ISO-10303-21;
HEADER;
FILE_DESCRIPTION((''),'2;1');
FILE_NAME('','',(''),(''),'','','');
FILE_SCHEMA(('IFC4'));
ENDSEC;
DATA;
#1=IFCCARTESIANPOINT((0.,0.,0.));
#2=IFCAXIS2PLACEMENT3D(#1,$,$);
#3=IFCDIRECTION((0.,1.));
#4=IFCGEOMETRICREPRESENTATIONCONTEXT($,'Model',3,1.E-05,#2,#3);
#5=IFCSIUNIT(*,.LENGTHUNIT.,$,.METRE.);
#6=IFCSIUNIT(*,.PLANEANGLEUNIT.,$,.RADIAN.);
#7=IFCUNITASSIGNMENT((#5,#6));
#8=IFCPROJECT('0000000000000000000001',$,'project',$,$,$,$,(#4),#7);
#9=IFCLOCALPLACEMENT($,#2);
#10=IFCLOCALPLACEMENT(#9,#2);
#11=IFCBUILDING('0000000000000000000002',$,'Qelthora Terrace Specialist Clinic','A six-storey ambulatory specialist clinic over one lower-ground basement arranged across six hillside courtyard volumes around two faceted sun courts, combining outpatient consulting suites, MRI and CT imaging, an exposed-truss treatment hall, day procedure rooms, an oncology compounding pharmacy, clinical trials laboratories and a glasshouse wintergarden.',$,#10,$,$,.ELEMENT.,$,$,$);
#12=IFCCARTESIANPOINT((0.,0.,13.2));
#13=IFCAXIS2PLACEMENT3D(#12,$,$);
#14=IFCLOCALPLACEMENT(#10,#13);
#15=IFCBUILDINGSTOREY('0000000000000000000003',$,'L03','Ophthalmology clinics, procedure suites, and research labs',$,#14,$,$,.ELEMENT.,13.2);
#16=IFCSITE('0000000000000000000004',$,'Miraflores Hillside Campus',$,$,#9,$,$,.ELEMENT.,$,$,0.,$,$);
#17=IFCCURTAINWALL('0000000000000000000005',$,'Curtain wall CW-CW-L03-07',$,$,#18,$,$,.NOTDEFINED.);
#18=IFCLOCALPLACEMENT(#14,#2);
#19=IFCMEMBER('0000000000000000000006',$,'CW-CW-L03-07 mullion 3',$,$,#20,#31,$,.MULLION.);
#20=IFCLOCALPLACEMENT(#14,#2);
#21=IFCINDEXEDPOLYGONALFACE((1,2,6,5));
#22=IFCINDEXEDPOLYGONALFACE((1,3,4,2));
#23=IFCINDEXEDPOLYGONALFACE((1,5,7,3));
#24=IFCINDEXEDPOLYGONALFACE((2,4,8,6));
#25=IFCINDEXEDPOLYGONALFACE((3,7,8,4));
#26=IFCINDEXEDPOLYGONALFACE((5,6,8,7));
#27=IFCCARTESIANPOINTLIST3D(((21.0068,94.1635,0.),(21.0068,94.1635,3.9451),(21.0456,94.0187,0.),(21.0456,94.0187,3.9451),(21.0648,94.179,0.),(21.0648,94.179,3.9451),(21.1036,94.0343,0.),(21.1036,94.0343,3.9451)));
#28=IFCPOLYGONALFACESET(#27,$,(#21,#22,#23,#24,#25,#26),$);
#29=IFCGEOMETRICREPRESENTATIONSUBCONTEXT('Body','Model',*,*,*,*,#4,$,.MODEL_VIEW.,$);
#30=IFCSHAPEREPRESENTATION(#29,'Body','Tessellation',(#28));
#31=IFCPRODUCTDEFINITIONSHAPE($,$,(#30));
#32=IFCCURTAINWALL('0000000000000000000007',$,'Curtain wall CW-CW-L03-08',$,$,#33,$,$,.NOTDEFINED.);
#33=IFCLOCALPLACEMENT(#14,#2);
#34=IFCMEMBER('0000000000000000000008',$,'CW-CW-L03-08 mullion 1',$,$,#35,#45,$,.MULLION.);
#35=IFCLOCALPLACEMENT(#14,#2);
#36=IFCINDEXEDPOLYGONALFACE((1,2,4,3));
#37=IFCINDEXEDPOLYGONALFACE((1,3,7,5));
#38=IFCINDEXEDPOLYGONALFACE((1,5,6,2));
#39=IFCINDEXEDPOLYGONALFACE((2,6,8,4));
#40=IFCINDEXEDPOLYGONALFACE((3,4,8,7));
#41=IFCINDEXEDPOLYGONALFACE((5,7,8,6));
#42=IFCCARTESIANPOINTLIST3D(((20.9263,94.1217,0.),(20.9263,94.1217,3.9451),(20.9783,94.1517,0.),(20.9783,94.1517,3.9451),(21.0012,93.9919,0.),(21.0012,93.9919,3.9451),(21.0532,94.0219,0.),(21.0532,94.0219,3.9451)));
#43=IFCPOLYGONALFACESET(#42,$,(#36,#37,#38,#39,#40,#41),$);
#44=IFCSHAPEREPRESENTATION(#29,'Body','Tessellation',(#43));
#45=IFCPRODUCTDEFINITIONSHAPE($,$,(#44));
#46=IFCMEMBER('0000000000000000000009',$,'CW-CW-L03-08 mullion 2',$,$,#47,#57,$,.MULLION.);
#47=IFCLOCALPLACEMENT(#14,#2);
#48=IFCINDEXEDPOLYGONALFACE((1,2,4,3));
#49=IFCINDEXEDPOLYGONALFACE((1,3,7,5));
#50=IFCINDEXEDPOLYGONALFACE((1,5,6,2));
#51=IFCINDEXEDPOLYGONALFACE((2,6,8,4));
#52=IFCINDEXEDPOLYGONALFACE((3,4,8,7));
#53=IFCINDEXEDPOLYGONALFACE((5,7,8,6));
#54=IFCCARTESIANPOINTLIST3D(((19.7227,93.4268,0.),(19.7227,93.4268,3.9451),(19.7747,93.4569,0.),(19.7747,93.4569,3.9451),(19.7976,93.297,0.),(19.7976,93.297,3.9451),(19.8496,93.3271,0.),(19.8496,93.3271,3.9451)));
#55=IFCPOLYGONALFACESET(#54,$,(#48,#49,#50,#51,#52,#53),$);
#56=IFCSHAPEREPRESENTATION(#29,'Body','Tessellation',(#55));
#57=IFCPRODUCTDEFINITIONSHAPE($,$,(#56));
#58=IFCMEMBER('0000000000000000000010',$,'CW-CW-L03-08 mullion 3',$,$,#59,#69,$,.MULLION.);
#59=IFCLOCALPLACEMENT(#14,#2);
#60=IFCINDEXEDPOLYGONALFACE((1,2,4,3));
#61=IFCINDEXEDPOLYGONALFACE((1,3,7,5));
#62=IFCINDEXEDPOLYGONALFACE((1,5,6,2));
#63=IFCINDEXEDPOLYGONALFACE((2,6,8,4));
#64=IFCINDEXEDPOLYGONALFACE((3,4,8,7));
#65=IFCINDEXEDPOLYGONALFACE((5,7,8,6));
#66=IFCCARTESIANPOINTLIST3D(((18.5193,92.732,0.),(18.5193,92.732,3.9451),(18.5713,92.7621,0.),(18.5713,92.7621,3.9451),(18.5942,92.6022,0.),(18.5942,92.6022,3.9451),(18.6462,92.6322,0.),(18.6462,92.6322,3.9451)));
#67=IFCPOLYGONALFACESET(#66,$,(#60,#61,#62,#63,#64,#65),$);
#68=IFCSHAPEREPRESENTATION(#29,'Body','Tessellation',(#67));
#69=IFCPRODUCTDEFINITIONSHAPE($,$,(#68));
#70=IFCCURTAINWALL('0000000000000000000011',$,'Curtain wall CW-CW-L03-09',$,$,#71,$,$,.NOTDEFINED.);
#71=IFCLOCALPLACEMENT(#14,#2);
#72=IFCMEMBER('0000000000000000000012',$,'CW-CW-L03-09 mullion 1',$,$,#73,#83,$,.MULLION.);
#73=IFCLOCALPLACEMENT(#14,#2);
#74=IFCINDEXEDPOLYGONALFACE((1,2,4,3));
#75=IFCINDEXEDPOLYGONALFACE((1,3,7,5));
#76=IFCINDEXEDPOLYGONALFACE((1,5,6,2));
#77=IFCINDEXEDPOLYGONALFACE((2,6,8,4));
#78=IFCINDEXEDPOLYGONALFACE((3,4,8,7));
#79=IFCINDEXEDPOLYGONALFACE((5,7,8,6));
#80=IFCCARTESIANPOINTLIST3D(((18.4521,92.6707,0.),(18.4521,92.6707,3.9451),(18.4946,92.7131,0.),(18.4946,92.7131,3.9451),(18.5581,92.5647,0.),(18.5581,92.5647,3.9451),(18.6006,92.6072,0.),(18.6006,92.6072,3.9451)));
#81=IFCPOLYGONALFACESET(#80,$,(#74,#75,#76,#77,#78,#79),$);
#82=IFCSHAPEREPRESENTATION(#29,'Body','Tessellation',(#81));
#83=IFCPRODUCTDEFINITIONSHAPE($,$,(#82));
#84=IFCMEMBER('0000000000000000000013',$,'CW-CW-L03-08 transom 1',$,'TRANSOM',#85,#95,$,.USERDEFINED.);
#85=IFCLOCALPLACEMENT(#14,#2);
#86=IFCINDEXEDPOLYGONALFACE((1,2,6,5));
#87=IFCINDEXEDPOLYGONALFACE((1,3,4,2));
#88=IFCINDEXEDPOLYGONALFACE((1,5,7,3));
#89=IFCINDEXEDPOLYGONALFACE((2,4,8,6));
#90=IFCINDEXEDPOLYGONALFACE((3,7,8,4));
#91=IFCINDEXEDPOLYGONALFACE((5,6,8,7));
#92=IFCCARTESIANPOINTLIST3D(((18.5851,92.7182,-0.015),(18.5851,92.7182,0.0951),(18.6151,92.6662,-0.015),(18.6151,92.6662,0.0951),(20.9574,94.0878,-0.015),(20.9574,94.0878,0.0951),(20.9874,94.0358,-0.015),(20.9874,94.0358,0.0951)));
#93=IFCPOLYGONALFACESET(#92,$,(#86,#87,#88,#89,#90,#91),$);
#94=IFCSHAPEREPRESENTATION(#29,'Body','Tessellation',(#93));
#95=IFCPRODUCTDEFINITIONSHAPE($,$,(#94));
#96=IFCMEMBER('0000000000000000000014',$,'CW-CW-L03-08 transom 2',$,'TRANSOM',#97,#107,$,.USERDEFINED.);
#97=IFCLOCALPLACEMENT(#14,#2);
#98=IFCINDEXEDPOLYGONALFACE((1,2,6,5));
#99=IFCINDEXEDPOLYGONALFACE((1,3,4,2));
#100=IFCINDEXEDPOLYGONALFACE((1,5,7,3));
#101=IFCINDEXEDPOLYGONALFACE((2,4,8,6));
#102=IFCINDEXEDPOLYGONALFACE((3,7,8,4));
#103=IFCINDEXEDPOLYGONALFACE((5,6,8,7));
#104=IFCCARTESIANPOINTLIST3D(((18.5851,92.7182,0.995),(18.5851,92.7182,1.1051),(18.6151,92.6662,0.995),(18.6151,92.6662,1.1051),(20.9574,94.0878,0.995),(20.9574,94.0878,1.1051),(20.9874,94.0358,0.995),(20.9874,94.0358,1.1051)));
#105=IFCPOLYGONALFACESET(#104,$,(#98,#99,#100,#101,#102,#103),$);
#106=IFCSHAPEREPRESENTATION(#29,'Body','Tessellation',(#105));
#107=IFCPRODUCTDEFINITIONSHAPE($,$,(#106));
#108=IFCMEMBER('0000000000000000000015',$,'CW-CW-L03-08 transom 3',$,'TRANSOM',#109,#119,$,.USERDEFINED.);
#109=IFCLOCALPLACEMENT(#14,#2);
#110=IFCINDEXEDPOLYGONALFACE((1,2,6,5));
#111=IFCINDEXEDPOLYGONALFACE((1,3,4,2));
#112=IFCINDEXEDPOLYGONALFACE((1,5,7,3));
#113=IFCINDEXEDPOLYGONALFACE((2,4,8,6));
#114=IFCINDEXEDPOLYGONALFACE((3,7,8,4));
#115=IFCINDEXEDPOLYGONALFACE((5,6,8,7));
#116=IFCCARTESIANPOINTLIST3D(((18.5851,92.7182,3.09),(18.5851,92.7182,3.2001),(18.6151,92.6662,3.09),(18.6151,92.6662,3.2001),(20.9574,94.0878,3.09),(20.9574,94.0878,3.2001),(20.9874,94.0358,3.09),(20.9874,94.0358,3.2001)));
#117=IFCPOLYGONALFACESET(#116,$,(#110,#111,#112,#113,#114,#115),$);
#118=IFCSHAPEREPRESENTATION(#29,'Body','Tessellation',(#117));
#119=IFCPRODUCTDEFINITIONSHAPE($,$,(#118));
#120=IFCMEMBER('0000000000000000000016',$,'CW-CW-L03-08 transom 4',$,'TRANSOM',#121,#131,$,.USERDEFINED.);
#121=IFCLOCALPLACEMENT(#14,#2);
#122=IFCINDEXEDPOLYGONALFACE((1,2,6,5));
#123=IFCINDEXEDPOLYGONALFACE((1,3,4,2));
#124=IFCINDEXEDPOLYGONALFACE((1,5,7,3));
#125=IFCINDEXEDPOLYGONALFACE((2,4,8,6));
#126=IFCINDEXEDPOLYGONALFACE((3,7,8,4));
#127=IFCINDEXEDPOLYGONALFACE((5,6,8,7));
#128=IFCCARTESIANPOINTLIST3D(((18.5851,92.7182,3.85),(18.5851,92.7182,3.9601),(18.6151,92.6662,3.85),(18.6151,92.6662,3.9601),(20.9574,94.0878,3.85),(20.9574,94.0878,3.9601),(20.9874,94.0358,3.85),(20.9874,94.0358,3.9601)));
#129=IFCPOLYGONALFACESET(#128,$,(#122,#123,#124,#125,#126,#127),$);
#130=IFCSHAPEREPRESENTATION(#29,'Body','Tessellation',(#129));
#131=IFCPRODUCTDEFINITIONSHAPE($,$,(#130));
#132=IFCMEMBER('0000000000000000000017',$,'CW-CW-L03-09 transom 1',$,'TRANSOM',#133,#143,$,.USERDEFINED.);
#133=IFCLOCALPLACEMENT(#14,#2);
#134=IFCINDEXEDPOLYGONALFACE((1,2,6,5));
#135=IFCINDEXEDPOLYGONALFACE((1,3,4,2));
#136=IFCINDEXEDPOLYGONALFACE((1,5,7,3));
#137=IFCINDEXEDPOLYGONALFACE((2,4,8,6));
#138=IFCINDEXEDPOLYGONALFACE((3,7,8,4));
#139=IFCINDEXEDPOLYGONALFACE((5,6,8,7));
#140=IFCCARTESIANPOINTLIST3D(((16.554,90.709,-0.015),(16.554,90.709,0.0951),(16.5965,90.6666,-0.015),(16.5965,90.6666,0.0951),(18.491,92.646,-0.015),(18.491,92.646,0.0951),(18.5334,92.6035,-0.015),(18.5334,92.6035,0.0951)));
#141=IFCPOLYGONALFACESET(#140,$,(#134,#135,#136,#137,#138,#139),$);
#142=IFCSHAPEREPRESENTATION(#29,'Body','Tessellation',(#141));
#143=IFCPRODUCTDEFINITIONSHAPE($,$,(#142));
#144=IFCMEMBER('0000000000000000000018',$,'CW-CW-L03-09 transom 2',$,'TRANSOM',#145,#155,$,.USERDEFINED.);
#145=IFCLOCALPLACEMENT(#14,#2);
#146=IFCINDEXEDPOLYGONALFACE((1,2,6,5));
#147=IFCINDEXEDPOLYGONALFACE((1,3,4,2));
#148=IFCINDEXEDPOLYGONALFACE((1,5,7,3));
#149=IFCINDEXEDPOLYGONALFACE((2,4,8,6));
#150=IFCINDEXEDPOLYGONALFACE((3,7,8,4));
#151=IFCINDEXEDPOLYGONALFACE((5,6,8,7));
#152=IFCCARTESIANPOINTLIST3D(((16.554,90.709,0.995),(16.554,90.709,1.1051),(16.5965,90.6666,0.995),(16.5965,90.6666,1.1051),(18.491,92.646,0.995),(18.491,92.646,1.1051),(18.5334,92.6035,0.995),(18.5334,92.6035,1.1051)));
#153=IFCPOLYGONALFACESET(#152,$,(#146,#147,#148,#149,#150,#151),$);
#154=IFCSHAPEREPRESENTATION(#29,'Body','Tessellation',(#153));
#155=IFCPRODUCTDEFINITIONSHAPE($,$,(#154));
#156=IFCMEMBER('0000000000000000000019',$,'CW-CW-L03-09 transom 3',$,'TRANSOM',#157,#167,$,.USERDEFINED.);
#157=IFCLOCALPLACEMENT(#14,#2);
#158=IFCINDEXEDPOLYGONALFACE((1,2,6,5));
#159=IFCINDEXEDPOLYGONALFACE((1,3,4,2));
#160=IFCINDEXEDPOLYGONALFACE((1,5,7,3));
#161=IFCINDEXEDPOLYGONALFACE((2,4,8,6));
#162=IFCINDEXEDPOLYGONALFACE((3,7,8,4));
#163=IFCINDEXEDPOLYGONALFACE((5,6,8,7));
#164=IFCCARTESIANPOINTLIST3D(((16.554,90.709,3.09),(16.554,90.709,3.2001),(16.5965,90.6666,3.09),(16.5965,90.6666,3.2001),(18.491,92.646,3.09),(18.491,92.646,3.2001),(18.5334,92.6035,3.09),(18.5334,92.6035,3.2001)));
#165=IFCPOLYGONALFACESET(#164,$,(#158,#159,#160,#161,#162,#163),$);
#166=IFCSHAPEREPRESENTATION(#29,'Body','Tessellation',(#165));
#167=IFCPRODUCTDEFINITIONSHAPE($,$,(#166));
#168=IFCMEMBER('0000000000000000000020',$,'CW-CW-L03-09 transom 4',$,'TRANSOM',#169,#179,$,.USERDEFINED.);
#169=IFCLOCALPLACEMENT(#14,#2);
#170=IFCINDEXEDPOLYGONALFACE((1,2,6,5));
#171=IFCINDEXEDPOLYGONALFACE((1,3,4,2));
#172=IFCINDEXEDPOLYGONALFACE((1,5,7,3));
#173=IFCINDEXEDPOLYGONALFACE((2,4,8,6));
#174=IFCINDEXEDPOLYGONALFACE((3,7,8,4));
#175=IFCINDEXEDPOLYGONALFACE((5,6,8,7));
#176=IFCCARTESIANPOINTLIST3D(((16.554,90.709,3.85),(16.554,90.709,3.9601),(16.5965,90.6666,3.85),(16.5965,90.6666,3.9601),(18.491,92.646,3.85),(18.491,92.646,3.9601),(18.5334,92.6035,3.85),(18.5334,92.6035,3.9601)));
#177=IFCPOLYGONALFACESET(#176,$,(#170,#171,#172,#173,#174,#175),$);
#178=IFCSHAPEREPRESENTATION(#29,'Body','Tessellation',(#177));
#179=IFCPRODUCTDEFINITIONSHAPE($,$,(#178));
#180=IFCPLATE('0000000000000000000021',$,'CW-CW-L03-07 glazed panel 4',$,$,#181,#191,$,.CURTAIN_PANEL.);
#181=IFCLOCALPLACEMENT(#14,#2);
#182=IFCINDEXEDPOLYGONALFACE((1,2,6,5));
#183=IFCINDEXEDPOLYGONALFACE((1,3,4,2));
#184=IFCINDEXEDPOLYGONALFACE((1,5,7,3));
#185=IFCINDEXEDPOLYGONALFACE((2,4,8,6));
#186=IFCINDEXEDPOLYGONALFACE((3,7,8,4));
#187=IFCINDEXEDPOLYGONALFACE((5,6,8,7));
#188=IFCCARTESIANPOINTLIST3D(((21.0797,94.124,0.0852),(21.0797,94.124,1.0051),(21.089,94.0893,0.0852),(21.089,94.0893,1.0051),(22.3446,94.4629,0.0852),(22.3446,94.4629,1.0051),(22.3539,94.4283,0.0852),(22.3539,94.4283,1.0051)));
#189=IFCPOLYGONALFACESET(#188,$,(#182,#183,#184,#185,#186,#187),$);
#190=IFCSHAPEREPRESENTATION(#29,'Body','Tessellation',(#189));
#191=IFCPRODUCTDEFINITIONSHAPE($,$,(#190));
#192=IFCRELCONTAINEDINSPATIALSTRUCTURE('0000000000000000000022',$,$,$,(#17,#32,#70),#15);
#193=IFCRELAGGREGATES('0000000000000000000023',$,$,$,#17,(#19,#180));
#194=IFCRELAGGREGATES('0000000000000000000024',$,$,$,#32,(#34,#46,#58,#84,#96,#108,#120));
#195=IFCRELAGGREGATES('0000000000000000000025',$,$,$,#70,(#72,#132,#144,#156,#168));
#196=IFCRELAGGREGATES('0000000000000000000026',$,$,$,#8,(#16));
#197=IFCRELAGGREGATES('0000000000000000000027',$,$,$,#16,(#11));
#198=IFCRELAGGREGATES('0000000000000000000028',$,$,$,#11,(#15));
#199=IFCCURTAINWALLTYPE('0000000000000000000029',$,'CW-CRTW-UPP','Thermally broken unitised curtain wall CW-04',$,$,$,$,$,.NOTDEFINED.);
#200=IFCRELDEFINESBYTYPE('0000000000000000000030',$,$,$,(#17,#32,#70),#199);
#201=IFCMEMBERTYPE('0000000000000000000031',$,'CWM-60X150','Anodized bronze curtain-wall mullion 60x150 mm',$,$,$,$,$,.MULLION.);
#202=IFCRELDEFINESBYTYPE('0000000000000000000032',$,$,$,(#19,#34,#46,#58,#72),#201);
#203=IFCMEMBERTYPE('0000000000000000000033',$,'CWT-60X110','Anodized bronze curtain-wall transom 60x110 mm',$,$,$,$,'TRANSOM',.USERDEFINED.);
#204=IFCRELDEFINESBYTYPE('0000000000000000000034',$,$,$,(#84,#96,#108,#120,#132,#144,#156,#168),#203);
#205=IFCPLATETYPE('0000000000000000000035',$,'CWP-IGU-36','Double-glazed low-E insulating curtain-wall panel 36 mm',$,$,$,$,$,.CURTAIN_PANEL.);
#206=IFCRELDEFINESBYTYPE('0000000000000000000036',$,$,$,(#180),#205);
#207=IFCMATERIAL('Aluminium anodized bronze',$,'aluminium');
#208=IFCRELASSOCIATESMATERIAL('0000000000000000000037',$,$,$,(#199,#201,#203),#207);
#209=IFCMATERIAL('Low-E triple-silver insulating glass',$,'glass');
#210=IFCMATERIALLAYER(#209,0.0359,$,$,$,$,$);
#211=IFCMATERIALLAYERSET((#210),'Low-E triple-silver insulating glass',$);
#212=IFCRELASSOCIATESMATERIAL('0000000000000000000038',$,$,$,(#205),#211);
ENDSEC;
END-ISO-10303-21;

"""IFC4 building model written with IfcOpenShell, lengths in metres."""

from ifc_helpers import new_model, si_unit, direction, frame, origin, origin_2d, place, context, subcontext, project, spatial, rectangle, extrude, material, layer, layer_set, material_profile, profile_set, type_object, element, aggregate, save


model = new_model("IFC4")

# Units and contexts
model_context = context("Model", 3, precision=1e-05, world=origin(), true_north=direction((0.0, 1.0)))
body_context = subcontext(model_context, "Body", "Model", "MODEL_VIEW")
ifc_project = project(units=[si_unit("LENGTHUNIT", "METRE"), si_unit("PLANEANGLEUNIT", "RADIAN")], contexts=[model_context])

# Site, building, storey
site_placement = place(None, origin())
site = spatial("IfcSite", under=ifc_project, at=site_placement, Name="Miraflores Hillside Campus", CompositionType="ELEMENT", RefElevation=0.0)
building_placement = place(site_placement, origin())
building = spatial("IfcBuilding", under=site, at=building_placement, Name="Qelthora Terrace Specialist Clinic", Description="A six-storey ambulatory specialist clinic over one lower-ground basement arranged across six hillside courtyard volumes around two faceted sun courts, combining outpatient consulting suites, MRI and CT imaging, an exposed-truss treatment hall, day procedure rooms, an oncology compounding pharmacy, clinical trials laboratories and a glasshouse wintergarden.", CompositionType="ELEMENT")
storey_placement = place(building_placement, frame((0.0, 0.0, 13.2)))
storey = spatial("IfcBuildingStorey", under=building, at=storey_placement, Name="L03", Description="Ophthalmology clinics, procedure suites, and research labs", CompositionType="ELEMENT", Elevation=13.2)

# Curtain wall, member
ifc_material_1 = material(Name="Aluminium anodized bronze", Category="aluminium")
curtain_wall_type = type_object("IfcCurtainWallType", Name="CW-CRTW-UPP", Description="Thermally broken unitised curtain wall CW-04", PredefinedType="NOTDEFINED", material=ifc_material_1)
curtain_wall_1_placement = place(storey_placement, origin())
curtain_wall_1 = element("IfcCurtainWall", 1, at=curtain_wall_1_placement, inside=storey, type_object=curtain_wall_type, Name="Curtain wall CW-CW-L03-07", PredefinedType="NOTDEFINED")
ifc_material_profile_1 = material_profile(ifc_material_1, rectangle(XDim=0.0601, YDim=0.1499, at=origin_2d()), Name="CWM60X150")
ifc_profile_set_1 = profile_set([ifc_material_profile_1], Name="Aluminium anodized bronze")
member_type_1 = type_object("IfcMemberType", Name="CWM-60X150", Description="Anodized bronze curtain-wall mullion 60x150 mm", PredefinedType="MULLION", material=ifc_profile_set_1)
member_1_placement = place(storey_placement, frame((21.0552, 94.0989, 0.0), z_axis=(0.0, 0.0, 1.0), x_axis=(-0.965925, -0.25882, 0.0)))
member_1 = element("IfcMember", 2, at=member_1_placement, type_object=member_type_1, Name="CW-CW-L03-07 mullion 3", PredefinedType="MULLION", context=body_context, shape_type="SweptSolid", body=[
    extrude(rectangle(XDim=0.0601, YDim=0.1499, at=origin_2d()), origin(), (0.0, 0.0, 1.0), 3.9451),
])

# Curtain wall, members
curtain_wall_2_placement = place(storey_placement, origin())
curtain_wall_2 = element("IfcCurtainWall", 3, at=curtain_wall_2_placement, inside=storey, type_object=curtain_wall_type, Name="Curtain wall CW-CW-L03-08", PredefinedType="NOTDEFINED")
member_2_placement = place(storey_placement, frame((20.9897, 94.0718, 0.0), z_axis=(0.0, 0.0, 1.0), x_axis=(-0.866026, -0.5, 0.0)))
member_2 = element("IfcMember", 4, at=member_2_placement, type_object=member_type_1, Name="CW-CW-L03-08 mullion 1", PredefinedType="MULLION", context=body_context, shape_type="SweptSolid", body=[
    extrude(rectangle(XDim=0.0601, YDim=0.1499, at=origin_2d()), origin(), (0.0, 0.0, 1.0), 3.9451),
])
member_3_placement = place(storey_placement, frame((19.7861, 93.377, 0.0), z_axis=(0.0, 0.0, 1.0), x_axis=(-0.866026, -0.5, 0.0)))
member_3 = element("IfcMember", 5, at=member_3_placement, type_object=member_type_1, Name="CW-CW-L03-08 mullion 2", PredefinedType="MULLION", context=body_context, shape_type="SweptSolid", body=[
    extrude(rectangle(XDim=0.0601, YDim=0.1499, at=origin_2d()), origin(), (0.0, 0.0, 1.0), 3.9451),
])
member_4_placement = place(storey_placement, frame((18.5828, 92.6821, 0.0), z_axis=(0.0, 0.0, 1.0), x_axis=(-0.866026, -0.5, 0.0)))
member_4 = element("IfcMember", 6, at=member_4_placement, type_object=member_type_1, Name="CW-CW-L03-08 mullion 3", PredefinedType="MULLION", context=body_context, shape_type="SweptSolid", body=[
    extrude(rectangle(XDim=0.0601, YDim=0.1499, at=origin_2d()), origin(), (0.0, 0.0, 1.0), 3.9451),
])

# Curtain wall, member
curtain_wall_3_placement = place(storey_placement, origin())
curtain_wall_3 = element("IfcCurtainWall", 7, at=curtain_wall_3_placement, inside=storey, type_object=curtain_wall_type, Name="Curtain wall CW-CW-L03-09", PredefinedType="NOTDEFINED")
member_5_placement = place(storey_placement, frame((18.5264, 92.6389, 0.0), z_axis=(0.0, 0.0, 1.0), x_axis=(-0.707107, -0.707107, 0.0)))
member_5 = element("IfcMember", 8, at=member_5_placement, type_object=member_type_1, Name="CW-CW-L03-09 mullion 1", PredefinedType="MULLION", context=body_context, shape_type="SweptSolid", body=[
    extrude(rectangle(XDim=0.0601, YDim=0.1499, at=origin_2d()), origin(), (0.0, 0.0, 1.0), 3.9451),
])

# Members
ifc_material_profile_2 = material_profile(ifc_material_1, rectangle(XDim=0.0601, YDim=0.1101, at=origin_2d()), Name="CWT60X110")
ifc_profile_set_2 = profile_set([ifc_material_profile_2], Name="Aluminium anodized bronze")
member_type_2 = type_object("IfcMemberType", Name="CWT-60X110", Description="Anodized bronze curtain-wall transom 60x110 mm", ElementType="TRANSOM", PredefinedType="USERDEFINED", material=ifc_profile_set_2)
member_6_placement = place(storey_placement, frame((20.9724, 94.0618, 0.04), z_axis=(-0.86603, -0.499992, 0.0), x_axis=(0.499992, -0.86603, 0.0)))
member_6 = element("IfcMember", 9, at=member_6_placement, type_object=member_type_2, Name="CW-CW-L03-08 transom 1", ObjectType="TRANSOM", PredefinedType="USERDEFINED", context=body_context, shape_type="SweptSolid", body=[
    extrude(rectangle(XDim=0.0601, YDim=0.1101, at=origin_2d()), origin(), (0.0, 0.0, 1.0), 2.7393),
])
member_7_placement = place(storey_placement, frame((20.9724, 94.0618, 1.05), z_axis=(-0.86603, -0.499992, 0.0), x_axis=(0.499992, -0.86603, 0.0)))
member_7 = element("IfcMember", 10, at=member_7_placement, type_object=member_type_2, Name="CW-CW-L03-08 transom 2", ObjectType="TRANSOM", PredefinedType="USERDEFINED", context=body_context, shape_type="SweptSolid", body=[
    extrude(rectangle(XDim=0.0601, YDim=0.1101, at=origin_2d()), origin(), (0.0, 0.0, 1.0), 2.7393),
])
member_8_placement = place(storey_placement, frame((20.9724, 94.0618, 3.145), z_axis=(-0.86603, -0.499992, 0.0), x_axis=(0.499992, -0.86603, 0.0)))
member_8 = element("IfcMember", 11, at=member_8_placement, type_object=member_type_2, Name="CW-CW-L03-08 transom 3", ObjectType="TRANSOM", PredefinedType="USERDEFINED", context=body_context, shape_type="SweptSolid", body=[
    extrude(rectangle(XDim=0.0601, YDim=0.1101, at=origin_2d()), origin(), (0.0, 0.0, 1.0), 2.7393),
])
member_9_placement = place(storey_placement, frame((20.9724, 94.0618, 3.905), z_axis=(-0.86603, -0.499992, 0.0), x_axis=(0.499992, -0.86603, 0.0)))
member_9 = element("IfcMember", 12, at=member_9_placement, type_object=member_type_2, Name="CW-CW-L03-08 transom 4", ObjectType="TRANSOM", PredefinedType="USERDEFINED", context=body_context, shape_type="SweptSolid", body=[
    extrude(rectangle(XDim=0.0601, YDim=0.1101, at=origin_2d()), origin(), (0.0, 0.0, 1.0), 2.7393),
])
member_10_placement = place(storey_placement, frame((18.5122, 92.6248, 0.04), z_axis=(-0.707107, -0.707107, 0.0), x_axis=(0.707107, -0.707107, 0.0)))
member_10 = element("IfcMember", 13, at=member_10_placement, type_object=member_type_2, Name="CW-CW-L03-09 transom 1", ObjectType="TRANSOM", PredefinedType="USERDEFINED", context=body_context, shape_type="SweptSolid", body=[
    extrude(rectangle(XDim=0.0601, YDim=0.1101, at=origin_2d()), origin(), (0.0, 0.0, 1.0), 2.7393),
])
member_11_placement = place(storey_placement, frame((18.5122, 92.6248, 1.05), z_axis=(-0.707107, -0.707107, 0.0), x_axis=(0.707107, -0.707107, 0.0)))
member_11 = element("IfcMember", 14, at=member_11_placement, type_object=member_type_2, Name="CW-CW-L03-09 transom 2", ObjectType="TRANSOM", PredefinedType="USERDEFINED", context=body_context, shape_type="SweptSolid", body=[
    extrude(rectangle(XDim=0.0601, YDim=0.1101, at=origin_2d()), origin(), (0.0, 0.0, 1.0), 2.7393),
])
member_12_placement = place(storey_placement, frame((18.5122, 92.6248, 3.145), z_axis=(-0.707107, -0.707107, 0.0), x_axis=(0.707107, -0.707107, 0.0)))
member_12 = element("IfcMember", 15, at=member_12_placement, type_object=member_type_2, Name="CW-CW-L03-09 transom 3", ObjectType="TRANSOM", PredefinedType="USERDEFINED", context=body_context, shape_type="SweptSolid", body=[
    extrude(rectangle(XDim=0.0601, YDim=0.1101, at=origin_2d()), origin(), (0.0, 0.0, 1.0), 2.7393),
])
member_13_placement = place(storey_placement, frame((18.5122, 92.6248, 3.905), z_axis=(-0.707107, -0.707107, 0.0), x_axis=(0.707107, -0.707107, 0.0)))
member_13 = element("IfcMember", 16, at=member_13_placement, type_object=member_type_2, Name="CW-CW-L03-09 transom 4", ObjectType="TRANSOM", PredefinedType="USERDEFINED", context=body_context, shape_type="SweptSolid", body=[
    extrude(rectangle(XDim=0.0601, YDim=0.1101, at=origin_2d()), origin(), (0.0, 0.0, 1.0), 2.7393),
])

# Plate
ifc_material_2 = material(Name="Low-E triple-silver insulating glass", Category="glass")
ifc_layer = layer(ifc_material_2, 0.0359)
ifc_layer_set = layer_set([ifc_layer], Name="Low-E triple-silver insulating glass")
plate_type = type_object("IfcPlateType", Name="CWP-IGU-36", Description="Double-glazed low-E insulating curtain-wall panel 36 mm", PredefinedType="CURTAIN_PANEL", material=ifc_layer_set)
plate_1_placement = place(storey_placement, frame((21.7168, 94.2761, 0.0852), z_axis=(0.0, 0.0, 1.0), x_axis=(-0.965925, -0.258821, 0.0)))
plate_1 = element("IfcPlate", 17, at=plate_1_placement, type_object=plate_type, Name="CW-CW-L03-07 glazed panel 4", PredefinedType="CURTAIN_PANEL", context=body_context, shape_type="SweptSolid", body=[
    extrude(rectangle(XDim=1.3096, YDim=0.0359, at=origin_2d()), origin(), (0.0, 0.0, 1.0), 0.9199),
])
aggregate(curtain_wall_1, [member_1, plate_1])
aggregate(curtain_wall_2, [member_2, member_3, member_4, member_6, member_7, member_8, member_9])
aggregate(curtain_wall_3, [member_5, member_10, member_11, member_12, member_13])

save(model, "model.ifc")
